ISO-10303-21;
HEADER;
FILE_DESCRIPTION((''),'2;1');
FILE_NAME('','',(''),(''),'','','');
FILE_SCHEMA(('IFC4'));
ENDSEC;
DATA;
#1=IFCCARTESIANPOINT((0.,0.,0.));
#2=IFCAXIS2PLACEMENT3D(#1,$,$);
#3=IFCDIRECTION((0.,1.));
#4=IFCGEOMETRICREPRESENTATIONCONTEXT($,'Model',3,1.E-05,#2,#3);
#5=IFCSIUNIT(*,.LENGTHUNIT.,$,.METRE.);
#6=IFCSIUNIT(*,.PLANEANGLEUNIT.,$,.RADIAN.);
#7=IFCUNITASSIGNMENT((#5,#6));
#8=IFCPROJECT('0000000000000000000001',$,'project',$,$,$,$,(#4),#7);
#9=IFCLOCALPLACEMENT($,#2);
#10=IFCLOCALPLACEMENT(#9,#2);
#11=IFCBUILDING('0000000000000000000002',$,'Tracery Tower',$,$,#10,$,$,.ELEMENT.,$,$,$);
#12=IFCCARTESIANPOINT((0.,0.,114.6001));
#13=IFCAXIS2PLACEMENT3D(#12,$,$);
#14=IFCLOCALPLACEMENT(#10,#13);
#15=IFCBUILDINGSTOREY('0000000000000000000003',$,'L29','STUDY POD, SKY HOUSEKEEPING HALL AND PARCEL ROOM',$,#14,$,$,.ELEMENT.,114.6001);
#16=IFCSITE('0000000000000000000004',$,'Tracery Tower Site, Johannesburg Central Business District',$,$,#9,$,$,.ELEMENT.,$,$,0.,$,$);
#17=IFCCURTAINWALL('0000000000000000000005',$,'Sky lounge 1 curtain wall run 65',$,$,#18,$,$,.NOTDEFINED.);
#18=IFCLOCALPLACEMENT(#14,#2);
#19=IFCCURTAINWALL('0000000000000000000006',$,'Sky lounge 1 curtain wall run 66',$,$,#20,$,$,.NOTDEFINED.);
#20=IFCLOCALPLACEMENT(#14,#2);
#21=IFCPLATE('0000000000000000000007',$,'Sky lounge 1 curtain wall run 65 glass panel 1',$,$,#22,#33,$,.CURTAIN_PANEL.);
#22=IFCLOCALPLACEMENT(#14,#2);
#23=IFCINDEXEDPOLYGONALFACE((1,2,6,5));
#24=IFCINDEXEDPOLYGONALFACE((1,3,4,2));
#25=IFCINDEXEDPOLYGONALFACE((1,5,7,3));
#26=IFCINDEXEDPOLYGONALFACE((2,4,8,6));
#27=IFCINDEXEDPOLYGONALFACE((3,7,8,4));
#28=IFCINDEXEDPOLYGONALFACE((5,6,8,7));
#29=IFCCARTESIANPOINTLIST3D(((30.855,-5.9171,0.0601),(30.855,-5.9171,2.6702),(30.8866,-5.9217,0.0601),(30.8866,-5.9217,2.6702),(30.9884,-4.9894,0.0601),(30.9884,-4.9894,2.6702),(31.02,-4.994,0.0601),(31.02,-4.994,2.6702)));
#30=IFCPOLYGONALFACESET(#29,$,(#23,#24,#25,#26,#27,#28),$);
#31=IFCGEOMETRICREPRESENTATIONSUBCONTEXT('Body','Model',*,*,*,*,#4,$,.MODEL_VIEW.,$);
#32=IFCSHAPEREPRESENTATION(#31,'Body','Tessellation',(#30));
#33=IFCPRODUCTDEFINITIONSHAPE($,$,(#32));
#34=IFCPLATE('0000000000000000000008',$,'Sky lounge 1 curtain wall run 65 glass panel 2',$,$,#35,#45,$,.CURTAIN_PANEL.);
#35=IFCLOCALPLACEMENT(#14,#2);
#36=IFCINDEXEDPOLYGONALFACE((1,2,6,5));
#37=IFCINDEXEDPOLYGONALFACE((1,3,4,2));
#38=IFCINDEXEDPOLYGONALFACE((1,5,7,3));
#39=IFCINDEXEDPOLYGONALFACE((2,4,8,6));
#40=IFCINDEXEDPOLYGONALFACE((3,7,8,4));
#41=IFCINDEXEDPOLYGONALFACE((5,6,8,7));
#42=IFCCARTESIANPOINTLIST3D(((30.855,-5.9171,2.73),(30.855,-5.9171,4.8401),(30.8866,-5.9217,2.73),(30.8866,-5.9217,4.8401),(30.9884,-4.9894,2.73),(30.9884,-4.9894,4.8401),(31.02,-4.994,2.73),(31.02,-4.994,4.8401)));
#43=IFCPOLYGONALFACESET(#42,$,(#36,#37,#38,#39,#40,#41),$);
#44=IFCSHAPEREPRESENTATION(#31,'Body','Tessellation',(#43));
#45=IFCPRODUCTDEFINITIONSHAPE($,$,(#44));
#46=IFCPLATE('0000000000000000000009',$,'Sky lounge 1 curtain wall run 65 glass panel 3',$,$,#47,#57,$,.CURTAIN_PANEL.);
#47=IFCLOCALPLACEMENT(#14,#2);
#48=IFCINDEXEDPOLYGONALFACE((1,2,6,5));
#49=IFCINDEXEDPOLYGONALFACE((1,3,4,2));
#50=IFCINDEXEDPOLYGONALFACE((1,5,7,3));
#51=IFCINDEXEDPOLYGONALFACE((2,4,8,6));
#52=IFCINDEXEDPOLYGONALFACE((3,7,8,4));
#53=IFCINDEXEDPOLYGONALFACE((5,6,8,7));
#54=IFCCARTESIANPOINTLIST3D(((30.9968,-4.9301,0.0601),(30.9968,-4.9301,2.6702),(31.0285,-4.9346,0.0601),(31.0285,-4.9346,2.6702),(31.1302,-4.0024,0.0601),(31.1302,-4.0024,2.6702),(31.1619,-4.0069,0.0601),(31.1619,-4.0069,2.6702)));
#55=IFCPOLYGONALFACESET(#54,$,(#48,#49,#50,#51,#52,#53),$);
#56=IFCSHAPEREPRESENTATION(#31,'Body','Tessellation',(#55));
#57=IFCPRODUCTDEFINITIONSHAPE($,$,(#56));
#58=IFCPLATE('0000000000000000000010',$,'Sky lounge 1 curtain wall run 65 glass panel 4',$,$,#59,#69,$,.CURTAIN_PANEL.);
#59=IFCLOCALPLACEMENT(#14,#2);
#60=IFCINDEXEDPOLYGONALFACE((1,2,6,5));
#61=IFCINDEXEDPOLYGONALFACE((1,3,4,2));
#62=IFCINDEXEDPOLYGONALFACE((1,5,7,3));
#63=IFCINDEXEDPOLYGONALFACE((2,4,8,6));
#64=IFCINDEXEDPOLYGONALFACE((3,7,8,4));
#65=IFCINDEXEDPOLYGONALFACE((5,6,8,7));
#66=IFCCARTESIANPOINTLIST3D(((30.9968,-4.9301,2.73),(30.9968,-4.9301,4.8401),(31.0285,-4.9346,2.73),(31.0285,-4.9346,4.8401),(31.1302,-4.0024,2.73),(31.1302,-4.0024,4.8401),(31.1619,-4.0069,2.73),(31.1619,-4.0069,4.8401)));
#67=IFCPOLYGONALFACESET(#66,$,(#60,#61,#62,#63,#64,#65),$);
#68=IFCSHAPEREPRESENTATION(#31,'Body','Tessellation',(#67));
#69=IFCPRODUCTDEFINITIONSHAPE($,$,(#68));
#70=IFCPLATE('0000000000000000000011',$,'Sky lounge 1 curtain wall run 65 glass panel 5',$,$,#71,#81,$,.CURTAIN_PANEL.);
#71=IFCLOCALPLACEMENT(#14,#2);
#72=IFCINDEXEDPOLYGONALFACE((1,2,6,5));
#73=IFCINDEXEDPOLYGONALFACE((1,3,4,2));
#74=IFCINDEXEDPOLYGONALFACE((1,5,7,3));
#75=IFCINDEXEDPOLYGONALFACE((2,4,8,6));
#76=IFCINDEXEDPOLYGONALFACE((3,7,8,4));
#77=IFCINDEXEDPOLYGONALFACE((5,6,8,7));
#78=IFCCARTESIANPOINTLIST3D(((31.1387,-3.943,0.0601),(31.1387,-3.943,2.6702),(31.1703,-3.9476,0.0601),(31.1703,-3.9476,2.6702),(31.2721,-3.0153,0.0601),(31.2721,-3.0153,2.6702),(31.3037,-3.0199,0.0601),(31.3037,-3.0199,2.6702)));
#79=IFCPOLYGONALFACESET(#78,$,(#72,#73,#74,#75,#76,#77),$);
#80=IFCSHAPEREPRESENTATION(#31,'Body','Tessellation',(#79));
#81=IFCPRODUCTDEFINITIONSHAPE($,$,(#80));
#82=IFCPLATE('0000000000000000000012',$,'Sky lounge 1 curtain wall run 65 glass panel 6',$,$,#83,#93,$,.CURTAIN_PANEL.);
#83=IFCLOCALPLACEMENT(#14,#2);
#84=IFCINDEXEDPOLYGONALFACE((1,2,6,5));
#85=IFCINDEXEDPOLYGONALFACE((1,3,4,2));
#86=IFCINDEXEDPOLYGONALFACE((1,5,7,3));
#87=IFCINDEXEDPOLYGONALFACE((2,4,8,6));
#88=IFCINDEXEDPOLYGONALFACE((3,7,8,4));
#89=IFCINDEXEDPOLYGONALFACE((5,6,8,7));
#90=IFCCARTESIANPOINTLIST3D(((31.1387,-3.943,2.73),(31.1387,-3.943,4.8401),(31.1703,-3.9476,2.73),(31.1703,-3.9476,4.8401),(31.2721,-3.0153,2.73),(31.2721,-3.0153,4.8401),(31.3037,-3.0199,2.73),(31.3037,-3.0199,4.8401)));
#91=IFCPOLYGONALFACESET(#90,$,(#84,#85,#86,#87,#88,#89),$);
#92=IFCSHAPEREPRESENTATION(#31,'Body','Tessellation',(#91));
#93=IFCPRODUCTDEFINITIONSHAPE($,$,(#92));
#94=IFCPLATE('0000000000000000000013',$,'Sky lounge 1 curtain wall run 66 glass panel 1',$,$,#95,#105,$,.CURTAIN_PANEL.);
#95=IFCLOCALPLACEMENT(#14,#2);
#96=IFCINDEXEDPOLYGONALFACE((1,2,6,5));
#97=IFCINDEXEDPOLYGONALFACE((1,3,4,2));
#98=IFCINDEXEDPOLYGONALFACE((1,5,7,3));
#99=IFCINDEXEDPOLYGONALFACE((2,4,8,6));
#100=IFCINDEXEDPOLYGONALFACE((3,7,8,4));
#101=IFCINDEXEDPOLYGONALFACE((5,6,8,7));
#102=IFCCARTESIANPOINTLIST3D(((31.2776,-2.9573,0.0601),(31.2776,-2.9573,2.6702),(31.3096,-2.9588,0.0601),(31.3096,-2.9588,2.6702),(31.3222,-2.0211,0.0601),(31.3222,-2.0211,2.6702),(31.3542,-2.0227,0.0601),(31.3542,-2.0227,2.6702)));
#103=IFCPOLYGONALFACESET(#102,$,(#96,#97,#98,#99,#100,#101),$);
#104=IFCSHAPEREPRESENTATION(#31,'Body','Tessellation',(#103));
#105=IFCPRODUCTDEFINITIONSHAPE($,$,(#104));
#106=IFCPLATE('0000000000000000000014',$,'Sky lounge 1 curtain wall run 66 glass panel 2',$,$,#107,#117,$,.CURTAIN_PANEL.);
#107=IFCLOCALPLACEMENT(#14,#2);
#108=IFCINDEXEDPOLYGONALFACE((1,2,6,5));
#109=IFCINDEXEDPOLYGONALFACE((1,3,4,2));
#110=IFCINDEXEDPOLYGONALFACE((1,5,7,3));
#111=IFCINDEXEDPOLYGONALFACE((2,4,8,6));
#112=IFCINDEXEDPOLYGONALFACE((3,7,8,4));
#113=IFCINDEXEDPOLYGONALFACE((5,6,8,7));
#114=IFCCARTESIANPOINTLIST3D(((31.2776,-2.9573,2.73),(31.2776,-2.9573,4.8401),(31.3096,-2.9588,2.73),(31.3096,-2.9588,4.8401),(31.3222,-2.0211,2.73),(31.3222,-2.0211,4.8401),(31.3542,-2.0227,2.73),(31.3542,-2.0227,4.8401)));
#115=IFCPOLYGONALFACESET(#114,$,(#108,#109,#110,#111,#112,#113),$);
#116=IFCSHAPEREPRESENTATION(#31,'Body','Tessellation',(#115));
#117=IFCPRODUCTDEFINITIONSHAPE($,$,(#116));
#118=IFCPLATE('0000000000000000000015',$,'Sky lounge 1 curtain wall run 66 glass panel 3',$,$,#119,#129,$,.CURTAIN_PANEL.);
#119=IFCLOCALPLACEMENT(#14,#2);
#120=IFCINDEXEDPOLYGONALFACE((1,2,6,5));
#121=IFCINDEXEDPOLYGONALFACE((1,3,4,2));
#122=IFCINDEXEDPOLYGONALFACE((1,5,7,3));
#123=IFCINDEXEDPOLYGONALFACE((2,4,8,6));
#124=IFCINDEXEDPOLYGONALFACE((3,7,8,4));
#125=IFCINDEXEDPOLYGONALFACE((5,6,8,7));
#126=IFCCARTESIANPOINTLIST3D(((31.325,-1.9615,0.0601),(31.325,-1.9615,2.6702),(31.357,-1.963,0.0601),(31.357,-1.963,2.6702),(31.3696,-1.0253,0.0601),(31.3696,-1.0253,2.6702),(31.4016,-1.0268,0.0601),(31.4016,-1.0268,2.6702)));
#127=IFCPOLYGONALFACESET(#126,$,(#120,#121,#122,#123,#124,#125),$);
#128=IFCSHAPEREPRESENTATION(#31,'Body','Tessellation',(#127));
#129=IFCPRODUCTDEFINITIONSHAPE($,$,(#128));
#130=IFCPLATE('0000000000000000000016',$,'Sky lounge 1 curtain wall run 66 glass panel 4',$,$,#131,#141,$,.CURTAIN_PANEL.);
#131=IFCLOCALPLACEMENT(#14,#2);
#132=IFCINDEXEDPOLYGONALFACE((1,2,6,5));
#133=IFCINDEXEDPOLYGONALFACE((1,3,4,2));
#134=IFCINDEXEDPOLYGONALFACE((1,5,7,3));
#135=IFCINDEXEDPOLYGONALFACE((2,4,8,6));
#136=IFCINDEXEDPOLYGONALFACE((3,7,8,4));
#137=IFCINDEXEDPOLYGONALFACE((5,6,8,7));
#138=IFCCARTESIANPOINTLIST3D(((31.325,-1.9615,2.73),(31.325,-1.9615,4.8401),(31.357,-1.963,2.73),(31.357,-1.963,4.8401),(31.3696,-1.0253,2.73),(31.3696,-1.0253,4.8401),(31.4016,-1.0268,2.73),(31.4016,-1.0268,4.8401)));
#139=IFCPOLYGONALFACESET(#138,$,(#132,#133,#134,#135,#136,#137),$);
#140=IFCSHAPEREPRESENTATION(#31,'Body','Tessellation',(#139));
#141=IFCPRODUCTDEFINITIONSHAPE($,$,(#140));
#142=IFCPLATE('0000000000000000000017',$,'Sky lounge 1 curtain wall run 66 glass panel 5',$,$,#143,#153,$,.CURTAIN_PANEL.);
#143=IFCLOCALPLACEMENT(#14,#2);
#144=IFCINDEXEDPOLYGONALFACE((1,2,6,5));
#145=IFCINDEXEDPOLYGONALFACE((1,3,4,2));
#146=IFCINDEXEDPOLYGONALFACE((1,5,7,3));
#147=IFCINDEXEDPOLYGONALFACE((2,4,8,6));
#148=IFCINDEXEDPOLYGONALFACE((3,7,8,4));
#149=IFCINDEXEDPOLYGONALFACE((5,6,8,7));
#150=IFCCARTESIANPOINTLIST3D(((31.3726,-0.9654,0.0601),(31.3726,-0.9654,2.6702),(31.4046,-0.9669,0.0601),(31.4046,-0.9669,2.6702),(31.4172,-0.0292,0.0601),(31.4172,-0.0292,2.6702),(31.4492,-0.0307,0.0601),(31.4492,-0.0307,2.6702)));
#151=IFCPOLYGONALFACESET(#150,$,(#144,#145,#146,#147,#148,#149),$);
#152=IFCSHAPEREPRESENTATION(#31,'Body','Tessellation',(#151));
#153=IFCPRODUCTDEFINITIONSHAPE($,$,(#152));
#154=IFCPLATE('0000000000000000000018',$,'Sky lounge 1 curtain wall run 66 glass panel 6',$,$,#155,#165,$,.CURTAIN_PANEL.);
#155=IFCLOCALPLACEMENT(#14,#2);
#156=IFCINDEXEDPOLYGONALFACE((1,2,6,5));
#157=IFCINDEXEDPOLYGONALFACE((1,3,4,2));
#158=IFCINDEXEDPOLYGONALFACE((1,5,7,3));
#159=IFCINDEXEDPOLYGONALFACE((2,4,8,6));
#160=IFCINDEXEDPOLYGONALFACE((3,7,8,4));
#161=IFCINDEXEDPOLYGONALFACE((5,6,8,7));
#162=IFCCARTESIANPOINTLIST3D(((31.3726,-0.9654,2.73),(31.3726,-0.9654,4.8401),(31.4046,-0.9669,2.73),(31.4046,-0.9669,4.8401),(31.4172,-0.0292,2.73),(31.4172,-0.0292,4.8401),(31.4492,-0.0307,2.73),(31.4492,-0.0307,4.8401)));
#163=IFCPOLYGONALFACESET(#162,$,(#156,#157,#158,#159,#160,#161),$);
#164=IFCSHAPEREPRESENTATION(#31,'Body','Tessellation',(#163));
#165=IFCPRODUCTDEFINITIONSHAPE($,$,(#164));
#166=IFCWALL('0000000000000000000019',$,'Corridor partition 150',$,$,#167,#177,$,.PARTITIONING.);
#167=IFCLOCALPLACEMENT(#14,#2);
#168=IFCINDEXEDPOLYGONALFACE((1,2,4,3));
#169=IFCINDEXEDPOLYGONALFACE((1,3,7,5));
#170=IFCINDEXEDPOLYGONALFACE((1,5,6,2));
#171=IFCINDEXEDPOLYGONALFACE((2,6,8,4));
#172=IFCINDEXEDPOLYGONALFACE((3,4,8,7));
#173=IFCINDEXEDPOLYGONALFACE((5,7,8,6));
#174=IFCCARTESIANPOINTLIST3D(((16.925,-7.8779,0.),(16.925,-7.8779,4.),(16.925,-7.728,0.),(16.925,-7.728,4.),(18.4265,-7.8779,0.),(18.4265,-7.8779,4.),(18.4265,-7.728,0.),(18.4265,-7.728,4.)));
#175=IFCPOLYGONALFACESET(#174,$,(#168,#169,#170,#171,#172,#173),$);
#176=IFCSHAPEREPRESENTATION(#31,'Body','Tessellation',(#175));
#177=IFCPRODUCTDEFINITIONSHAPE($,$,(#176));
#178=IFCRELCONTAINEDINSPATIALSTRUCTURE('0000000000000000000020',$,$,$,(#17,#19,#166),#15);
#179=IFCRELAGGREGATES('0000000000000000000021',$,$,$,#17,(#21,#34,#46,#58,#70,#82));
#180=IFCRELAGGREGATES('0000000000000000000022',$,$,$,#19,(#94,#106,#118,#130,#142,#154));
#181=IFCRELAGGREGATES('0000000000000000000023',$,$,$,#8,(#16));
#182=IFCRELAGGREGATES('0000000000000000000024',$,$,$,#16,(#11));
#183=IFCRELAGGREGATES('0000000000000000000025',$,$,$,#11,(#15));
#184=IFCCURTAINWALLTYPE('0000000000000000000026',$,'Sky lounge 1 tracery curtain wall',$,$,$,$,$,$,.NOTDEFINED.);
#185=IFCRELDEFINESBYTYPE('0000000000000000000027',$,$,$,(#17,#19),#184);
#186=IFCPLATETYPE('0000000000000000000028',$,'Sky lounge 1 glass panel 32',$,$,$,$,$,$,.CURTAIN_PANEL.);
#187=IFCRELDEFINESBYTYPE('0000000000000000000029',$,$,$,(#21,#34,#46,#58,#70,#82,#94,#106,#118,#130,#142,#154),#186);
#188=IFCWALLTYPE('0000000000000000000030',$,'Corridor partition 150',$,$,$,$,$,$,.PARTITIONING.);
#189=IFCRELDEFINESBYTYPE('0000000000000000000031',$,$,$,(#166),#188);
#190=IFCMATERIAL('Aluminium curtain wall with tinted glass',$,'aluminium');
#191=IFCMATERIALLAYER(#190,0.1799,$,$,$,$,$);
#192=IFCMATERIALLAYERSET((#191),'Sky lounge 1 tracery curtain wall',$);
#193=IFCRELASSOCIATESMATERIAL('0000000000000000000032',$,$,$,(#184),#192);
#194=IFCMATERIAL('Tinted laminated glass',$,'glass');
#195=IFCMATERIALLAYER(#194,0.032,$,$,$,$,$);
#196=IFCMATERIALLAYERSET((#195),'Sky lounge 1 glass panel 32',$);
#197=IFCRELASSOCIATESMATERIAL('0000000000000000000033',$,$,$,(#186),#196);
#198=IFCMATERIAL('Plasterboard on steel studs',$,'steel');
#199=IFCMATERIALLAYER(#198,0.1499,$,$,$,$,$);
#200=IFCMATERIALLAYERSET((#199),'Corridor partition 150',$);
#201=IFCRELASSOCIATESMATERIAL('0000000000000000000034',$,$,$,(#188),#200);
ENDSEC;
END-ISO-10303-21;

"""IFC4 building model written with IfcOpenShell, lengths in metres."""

from ifc_helpers import new_model, si_unit, direction, frame, frame_2d, origin, origin_2d, place, context, subcontext, project, spatial, rectangle, extrude, material, layer, layer_set, type_object, element, aggregate, save


model = new_model("IFC4")

# Units and contexts
model_context = context("Model", 3, precision=1e-05, world=origin(), true_north=direction((0.0, 1.0)))
body_context = subcontext(model_context, "Body", "Model", "MODEL_VIEW")
ifc_project = project(units=[si_unit("LENGTHUNIT", "METRE"), si_unit("PLANEANGLEUNIT", "RADIAN")], contexts=[model_context])

# Site, building, storey
site_placement = place(None, origin())
site = spatial("IfcSite", under=ifc_project, at=site_placement, Name="Tracery Tower Site, Johannesburg Central Business District", CompositionType="ELEMENT", RefElevation=0.0)
building_placement = place(site_placement, origin())
building = spatial("IfcBuilding", under=site, at=building_placement, Name="Tracery Tower", CompositionType="ELEMENT")
storey_placement = place(building_placement, frame((0.0, 0.0, 114.6001)))
storey = spatial("IfcBuildingStorey", under=building, at=storey_placement, Name="L29", Description="STUDY POD, SKY HOUSEKEEPING HALL AND PARCEL ROOM", CompositionType="ELEMENT", Elevation=114.6001)

# Curtain walls
ifc_material_1 = material(Name="Aluminium curtain wall with tinted glass", Category="aluminium")
ifc_layer_1 = layer(ifc_material_1, 0.1799)
ifc_layer_set_1 = layer_set([ifc_layer_1], Name="Sky lounge 1 tracery curtain wall")
curtain_wall_type = type_object("IfcCurtainWallType", Name="Sky lounge 1 tracery curtain wall", PredefinedType="NOTDEFINED", material=ifc_layer_set_1)
curtain_wall_1_placement = place(storey_placement, origin())
curtain_wall_1 = element("IfcCurtainWall", 1, at=curtain_wall_1_placement, inside=storey, type_object=curtain_wall_type, Name="Sky lounge 1 curtain wall run 65", PredefinedType="NOTDEFINED")
curtain_wall_2_placement = place(storey_placement, origin())
curtain_wall_2 = element("IfcCurtainWall", 2, at=curtain_wall_2_placement, inside=storey, type_object=curtain_wall_type, Name="Sky lounge 1 curtain wall run 66", PredefinedType="NOTDEFINED")

# Plates
ifc_material_2 = material(Name="Tinted laminated glass", Category="glass")
ifc_layer_2 = layer(ifc_material_2, 0.032)
ifc_layer_set_2 = layer_set([ifc_layer_2], Name="Sky lounge 1 glass panel 32")
plate_type = type_object("IfcPlateType", Name="Sky lounge 1 glass panel 32", PredefinedType="CURTAIN_PANEL", material=ifc_layer_set_2)
plate_1_placement = place(storey_placement, frame((30.9375, -5.4556, 0.0601), z_axis=(0.0, 0.0, 1.0), x_axis=(0.142315, 0.989821, 0.0)))
plate_1 = element("IfcPlate", 3, at=plate_1_placement, type_object=plate_type, Name="Sky lounge 1 curtain wall run 65 glass panel 1", PredefinedType="CURTAIN_PANEL", context=body_context, shape_type="SweptSolid", body=[
    extrude(rectangle(XDim=0.9373, YDim=0.032, at=origin_2d()), origin(), (0.0, 0.0, 1.0), 2.6101),
])
plate_2_placement = place(storey_placement, frame((30.9375, -5.4556, 2.73), z_axis=(0.0, 0.0, 1.0), x_axis=(0.142315, 0.989821, 0.0)))
plate_2 = element("IfcPlate", 4, at=plate_2_placement, type_object=plate_type, Name="Sky lounge 1 curtain wall run 65 glass panel 2", PredefinedType="CURTAIN_PANEL", context=body_context, shape_type="SweptSolid", body=[
    extrude(rectangle(XDim=0.9373, YDim=0.032, at=origin_2d()), origin(), (0.0, 0.0, 1.0), 2.1101),
])
plate_3_placement = place(storey_placement, frame((31.0793, -4.4685, 0.0601), z_axis=(0.0, 0.0, 1.0), x_axis=(0.142315, 0.989821, 0.0)))
plate_3 = element("IfcPlate", 5, at=plate_3_placement, type_object=plate_type, Name="Sky lounge 1 curtain wall run 65 glass panel 3", PredefinedType="CURTAIN_PANEL", context=body_context, shape_type="SweptSolid", body=[
    extrude(rectangle(XDim=0.9373, YDim=0.032, at=origin_2d()), origin(), (0.0, 0.0, 1.0), 2.6101),
])
plate_4_placement = place(storey_placement, frame((31.0793, -4.4685, 2.73), z_axis=(0.0, 0.0, 1.0), x_axis=(0.142315, 0.989821, 0.0)))
plate_4 = element("IfcPlate", 6, at=plate_4_placement, type_object=plate_type, Name="Sky lounge 1 curtain wall run 65 glass panel 4", PredefinedType="CURTAIN_PANEL", context=body_context, shape_type="SweptSolid", body=[
    extrude(rectangle(XDim=0.9373, YDim=0.032, at=origin_2d()), origin(), (0.0, 0.0, 1.0), 2.1101),
])
plate_5_placement = place(storey_placement, frame((31.2212, -3.4814, 0.0601), z_axis=(0.0, 0.0, 1.0), x_axis=(0.142315, 0.989821, 0.0)))
plate_5 = element("IfcPlate", 7, at=plate_5_placement, type_object=plate_type, Name="Sky lounge 1 curtain wall run 65 glass panel 5", PredefinedType="CURTAIN_PANEL", context=body_context, shape_type="SweptSolid", body=[
    extrude(rectangle(XDim=0.9373, YDim=0.032, at=origin_2d()), origin(), (0.0, 0.0, 1.0), 2.6101),
])
plate_6_placement = place(storey_placement, frame((31.2212, -3.4814, 2.73), z_axis=(0.0, 0.0, 1.0), x_axis=(0.142315, 0.989821, 0.0)))
plate_6 = element("IfcPlate", 8, at=plate_6_placement, type_object=plate_type, Name="Sky lounge 1 curtain wall run 65 glass panel 6", PredefinedType="CURTAIN_PANEL", context=body_context, shape_type="SweptSolid", body=[
    extrude(rectangle(XDim=0.9373, YDim=0.032, at=origin_2d()), origin(), (0.0, 0.0, 1.0), 2.1101),
])
aggregate(curtain_wall_1, [plate_1, plate_2, plate_3, plate_4, plate_5, plate_6])
plate_7_placement = place(storey_placement, frame((31.3159, -2.49, 0.0601), z_axis=(0.0, 0.0, 1.0), x_axis=(0.047582, 0.998867, 0.0)))
plate_7 = element("IfcPlate", 9, at=plate_7_placement, type_object=plate_type, Name="Sky lounge 1 curtain wall run 66 glass panel 1", PredefinedType="CURTAIN_PANEL", context=body_context, shape_type="SweptSolid", body=[
    extrude(rectangle(XDim=0.9373, YDim=0.032, at=origin_2d()), origin(), (0.0, 0.0, 1.0), 2.6101),
])
plate_8_placement = place(storey_placement, frame((31.3159, -2.49, 2.73), z_axis=(0.0, 0.0, 1.0), x_axis=(0.047582, 0.998867, 0.0)))
plate_8 = element("IfcPlate", 10, at=plate_8_placement, type_object=plate_type, Name="Sky lounge 1 curtain wall run 66 glass panel 2", PredefinedType="CURTAIN_PANEL", context=body_context, shape_type="SweptSolid", body=[
    extrude(rectangle(XDim=0.9373, YDim=0.032, at=origin_2d()), origin(), (0.0, 0.0, 1.0), 2.1101),
])
plate_9_placement = place(storey_placement, frame((31.3633, -1.4941, 0.0601), z_axis=(0.0, 0.0, 1.0), x_axis=(0.047582, 0.998867, 0.0)))
plate_9 = element("IfcPlate", 11, at=plate_9_placement, type_object=plate_type, Name="Sky lounge 1 curtain wall run 66 glass panel 3", PredefinedType="CURTAIN_PANEL", context=body_context, shape_type="SweptSolid", body=[
    extrude(rectangle(XDim=0.9373, YDim=0.032, at=origin_2d()), origin(), (0.0, 0.0, 1.0), 2.6101),
])
plate_10_placement = place(storey_placement, frame((31.3633, -1.4941, 2.73), z_axis=(0.0, 0.0, 1.0), x_axis=(0.047582, 0.998867, 0.0)))
plate_10 = element("IfcPlate", 12, at=plate_10_placement, type_object=plate_type, Name="Sky lounge 1 curtain wall run 66 glass panel 4", PredefinedType="CURTAIN_PANEL", context=body_context, shape_type="SweptSolid", body=[
    extrude(rectangle(XDim=0.9373, YDim=0.032, at=origin_2d()), origin(), (0.0, 0.0, 1.0), 2.1101),
])
plate_11_placement = place(storey_placement, frame((31.4109, -0.498, 0.0601), z_axis=(0.0, 0.0, 1.0), x_axis=(0.047582, 0.998867, 0.0)))
plate_11 = element("IfcPlate", 13, at=plate_11_placement, type_object=plate_type, Name="Sky lounge 1 curtain wall run 66 glass panel 5", PredefinedType="CURTAIN_PANEL", context=body_context, shape_type="SweptSolid", body=[
    extrude(rectangle(XDim=0.9373, YDim=0.032, at=origin_2d()), origin(), (0.0, 0.0, 1.0), 2.6101),
])
plate_12_placement = place(storey_placement, frame((31.4109, -0.498, 2.73), z_axis=(0.0, 0.0, 1.0), x_axis=(0.047582, 0.998867, 0.0)))
plate_12 = element("IfcPlate", 14, at=plate_12_placement, type_object=plate_type, Name="Sky lounge 1 curtain wall run 66 glass panel 6", PredefinedType="CURTAIN_PANEL", context=body_context, shape_type="SweptSolid", body=[
    extrude(rectangle(XDim=0.9373, YDim=0.032, at=origin_2d()), origin(), (0.0, 0.0, 1.0), 2.1101),
])
aggregate(curtain_wall_2, [plate_7, plate_8, plate_9, plate_10, plate_11, plate_12])

# Wall
ifc_material_3 = material(Name="Plasterboard on steel studs", Category="steel")
ifc_layer_3 = layer(ifc_material_3, 0.1499)
ifc_layer_set_3 = layer_set([ifc_layer_3], Name="Corridor partition 150")
wall_type = type_object("IfcWallType", Name="Corridor partition 150", PredefinedType="PARTITIONING", material=ifc_layer_set_3)
wall_placement = place(storey_placement, frame((18.4265, -7.803, 0.0), z_axis=(0.0, 0.0, 1.0), x_axis=(-1.0, 0.0, 0.0)))
element("IfcWall", 15, at=wall_placement, inside=storey, type_object=wall_type, Name="Corridor partition 150", PredefinedType="PARTITIONING", context=body_context, shape_type="SweptSolid", body=[
    extrude(rectangle(XDim=1.5015, YDim=0.1499, at=frame_2d((0.7507, 0.0))), origin(), (0.0, 0.0, 1.0), 4.0),
])

save(model, "model.ifc")
